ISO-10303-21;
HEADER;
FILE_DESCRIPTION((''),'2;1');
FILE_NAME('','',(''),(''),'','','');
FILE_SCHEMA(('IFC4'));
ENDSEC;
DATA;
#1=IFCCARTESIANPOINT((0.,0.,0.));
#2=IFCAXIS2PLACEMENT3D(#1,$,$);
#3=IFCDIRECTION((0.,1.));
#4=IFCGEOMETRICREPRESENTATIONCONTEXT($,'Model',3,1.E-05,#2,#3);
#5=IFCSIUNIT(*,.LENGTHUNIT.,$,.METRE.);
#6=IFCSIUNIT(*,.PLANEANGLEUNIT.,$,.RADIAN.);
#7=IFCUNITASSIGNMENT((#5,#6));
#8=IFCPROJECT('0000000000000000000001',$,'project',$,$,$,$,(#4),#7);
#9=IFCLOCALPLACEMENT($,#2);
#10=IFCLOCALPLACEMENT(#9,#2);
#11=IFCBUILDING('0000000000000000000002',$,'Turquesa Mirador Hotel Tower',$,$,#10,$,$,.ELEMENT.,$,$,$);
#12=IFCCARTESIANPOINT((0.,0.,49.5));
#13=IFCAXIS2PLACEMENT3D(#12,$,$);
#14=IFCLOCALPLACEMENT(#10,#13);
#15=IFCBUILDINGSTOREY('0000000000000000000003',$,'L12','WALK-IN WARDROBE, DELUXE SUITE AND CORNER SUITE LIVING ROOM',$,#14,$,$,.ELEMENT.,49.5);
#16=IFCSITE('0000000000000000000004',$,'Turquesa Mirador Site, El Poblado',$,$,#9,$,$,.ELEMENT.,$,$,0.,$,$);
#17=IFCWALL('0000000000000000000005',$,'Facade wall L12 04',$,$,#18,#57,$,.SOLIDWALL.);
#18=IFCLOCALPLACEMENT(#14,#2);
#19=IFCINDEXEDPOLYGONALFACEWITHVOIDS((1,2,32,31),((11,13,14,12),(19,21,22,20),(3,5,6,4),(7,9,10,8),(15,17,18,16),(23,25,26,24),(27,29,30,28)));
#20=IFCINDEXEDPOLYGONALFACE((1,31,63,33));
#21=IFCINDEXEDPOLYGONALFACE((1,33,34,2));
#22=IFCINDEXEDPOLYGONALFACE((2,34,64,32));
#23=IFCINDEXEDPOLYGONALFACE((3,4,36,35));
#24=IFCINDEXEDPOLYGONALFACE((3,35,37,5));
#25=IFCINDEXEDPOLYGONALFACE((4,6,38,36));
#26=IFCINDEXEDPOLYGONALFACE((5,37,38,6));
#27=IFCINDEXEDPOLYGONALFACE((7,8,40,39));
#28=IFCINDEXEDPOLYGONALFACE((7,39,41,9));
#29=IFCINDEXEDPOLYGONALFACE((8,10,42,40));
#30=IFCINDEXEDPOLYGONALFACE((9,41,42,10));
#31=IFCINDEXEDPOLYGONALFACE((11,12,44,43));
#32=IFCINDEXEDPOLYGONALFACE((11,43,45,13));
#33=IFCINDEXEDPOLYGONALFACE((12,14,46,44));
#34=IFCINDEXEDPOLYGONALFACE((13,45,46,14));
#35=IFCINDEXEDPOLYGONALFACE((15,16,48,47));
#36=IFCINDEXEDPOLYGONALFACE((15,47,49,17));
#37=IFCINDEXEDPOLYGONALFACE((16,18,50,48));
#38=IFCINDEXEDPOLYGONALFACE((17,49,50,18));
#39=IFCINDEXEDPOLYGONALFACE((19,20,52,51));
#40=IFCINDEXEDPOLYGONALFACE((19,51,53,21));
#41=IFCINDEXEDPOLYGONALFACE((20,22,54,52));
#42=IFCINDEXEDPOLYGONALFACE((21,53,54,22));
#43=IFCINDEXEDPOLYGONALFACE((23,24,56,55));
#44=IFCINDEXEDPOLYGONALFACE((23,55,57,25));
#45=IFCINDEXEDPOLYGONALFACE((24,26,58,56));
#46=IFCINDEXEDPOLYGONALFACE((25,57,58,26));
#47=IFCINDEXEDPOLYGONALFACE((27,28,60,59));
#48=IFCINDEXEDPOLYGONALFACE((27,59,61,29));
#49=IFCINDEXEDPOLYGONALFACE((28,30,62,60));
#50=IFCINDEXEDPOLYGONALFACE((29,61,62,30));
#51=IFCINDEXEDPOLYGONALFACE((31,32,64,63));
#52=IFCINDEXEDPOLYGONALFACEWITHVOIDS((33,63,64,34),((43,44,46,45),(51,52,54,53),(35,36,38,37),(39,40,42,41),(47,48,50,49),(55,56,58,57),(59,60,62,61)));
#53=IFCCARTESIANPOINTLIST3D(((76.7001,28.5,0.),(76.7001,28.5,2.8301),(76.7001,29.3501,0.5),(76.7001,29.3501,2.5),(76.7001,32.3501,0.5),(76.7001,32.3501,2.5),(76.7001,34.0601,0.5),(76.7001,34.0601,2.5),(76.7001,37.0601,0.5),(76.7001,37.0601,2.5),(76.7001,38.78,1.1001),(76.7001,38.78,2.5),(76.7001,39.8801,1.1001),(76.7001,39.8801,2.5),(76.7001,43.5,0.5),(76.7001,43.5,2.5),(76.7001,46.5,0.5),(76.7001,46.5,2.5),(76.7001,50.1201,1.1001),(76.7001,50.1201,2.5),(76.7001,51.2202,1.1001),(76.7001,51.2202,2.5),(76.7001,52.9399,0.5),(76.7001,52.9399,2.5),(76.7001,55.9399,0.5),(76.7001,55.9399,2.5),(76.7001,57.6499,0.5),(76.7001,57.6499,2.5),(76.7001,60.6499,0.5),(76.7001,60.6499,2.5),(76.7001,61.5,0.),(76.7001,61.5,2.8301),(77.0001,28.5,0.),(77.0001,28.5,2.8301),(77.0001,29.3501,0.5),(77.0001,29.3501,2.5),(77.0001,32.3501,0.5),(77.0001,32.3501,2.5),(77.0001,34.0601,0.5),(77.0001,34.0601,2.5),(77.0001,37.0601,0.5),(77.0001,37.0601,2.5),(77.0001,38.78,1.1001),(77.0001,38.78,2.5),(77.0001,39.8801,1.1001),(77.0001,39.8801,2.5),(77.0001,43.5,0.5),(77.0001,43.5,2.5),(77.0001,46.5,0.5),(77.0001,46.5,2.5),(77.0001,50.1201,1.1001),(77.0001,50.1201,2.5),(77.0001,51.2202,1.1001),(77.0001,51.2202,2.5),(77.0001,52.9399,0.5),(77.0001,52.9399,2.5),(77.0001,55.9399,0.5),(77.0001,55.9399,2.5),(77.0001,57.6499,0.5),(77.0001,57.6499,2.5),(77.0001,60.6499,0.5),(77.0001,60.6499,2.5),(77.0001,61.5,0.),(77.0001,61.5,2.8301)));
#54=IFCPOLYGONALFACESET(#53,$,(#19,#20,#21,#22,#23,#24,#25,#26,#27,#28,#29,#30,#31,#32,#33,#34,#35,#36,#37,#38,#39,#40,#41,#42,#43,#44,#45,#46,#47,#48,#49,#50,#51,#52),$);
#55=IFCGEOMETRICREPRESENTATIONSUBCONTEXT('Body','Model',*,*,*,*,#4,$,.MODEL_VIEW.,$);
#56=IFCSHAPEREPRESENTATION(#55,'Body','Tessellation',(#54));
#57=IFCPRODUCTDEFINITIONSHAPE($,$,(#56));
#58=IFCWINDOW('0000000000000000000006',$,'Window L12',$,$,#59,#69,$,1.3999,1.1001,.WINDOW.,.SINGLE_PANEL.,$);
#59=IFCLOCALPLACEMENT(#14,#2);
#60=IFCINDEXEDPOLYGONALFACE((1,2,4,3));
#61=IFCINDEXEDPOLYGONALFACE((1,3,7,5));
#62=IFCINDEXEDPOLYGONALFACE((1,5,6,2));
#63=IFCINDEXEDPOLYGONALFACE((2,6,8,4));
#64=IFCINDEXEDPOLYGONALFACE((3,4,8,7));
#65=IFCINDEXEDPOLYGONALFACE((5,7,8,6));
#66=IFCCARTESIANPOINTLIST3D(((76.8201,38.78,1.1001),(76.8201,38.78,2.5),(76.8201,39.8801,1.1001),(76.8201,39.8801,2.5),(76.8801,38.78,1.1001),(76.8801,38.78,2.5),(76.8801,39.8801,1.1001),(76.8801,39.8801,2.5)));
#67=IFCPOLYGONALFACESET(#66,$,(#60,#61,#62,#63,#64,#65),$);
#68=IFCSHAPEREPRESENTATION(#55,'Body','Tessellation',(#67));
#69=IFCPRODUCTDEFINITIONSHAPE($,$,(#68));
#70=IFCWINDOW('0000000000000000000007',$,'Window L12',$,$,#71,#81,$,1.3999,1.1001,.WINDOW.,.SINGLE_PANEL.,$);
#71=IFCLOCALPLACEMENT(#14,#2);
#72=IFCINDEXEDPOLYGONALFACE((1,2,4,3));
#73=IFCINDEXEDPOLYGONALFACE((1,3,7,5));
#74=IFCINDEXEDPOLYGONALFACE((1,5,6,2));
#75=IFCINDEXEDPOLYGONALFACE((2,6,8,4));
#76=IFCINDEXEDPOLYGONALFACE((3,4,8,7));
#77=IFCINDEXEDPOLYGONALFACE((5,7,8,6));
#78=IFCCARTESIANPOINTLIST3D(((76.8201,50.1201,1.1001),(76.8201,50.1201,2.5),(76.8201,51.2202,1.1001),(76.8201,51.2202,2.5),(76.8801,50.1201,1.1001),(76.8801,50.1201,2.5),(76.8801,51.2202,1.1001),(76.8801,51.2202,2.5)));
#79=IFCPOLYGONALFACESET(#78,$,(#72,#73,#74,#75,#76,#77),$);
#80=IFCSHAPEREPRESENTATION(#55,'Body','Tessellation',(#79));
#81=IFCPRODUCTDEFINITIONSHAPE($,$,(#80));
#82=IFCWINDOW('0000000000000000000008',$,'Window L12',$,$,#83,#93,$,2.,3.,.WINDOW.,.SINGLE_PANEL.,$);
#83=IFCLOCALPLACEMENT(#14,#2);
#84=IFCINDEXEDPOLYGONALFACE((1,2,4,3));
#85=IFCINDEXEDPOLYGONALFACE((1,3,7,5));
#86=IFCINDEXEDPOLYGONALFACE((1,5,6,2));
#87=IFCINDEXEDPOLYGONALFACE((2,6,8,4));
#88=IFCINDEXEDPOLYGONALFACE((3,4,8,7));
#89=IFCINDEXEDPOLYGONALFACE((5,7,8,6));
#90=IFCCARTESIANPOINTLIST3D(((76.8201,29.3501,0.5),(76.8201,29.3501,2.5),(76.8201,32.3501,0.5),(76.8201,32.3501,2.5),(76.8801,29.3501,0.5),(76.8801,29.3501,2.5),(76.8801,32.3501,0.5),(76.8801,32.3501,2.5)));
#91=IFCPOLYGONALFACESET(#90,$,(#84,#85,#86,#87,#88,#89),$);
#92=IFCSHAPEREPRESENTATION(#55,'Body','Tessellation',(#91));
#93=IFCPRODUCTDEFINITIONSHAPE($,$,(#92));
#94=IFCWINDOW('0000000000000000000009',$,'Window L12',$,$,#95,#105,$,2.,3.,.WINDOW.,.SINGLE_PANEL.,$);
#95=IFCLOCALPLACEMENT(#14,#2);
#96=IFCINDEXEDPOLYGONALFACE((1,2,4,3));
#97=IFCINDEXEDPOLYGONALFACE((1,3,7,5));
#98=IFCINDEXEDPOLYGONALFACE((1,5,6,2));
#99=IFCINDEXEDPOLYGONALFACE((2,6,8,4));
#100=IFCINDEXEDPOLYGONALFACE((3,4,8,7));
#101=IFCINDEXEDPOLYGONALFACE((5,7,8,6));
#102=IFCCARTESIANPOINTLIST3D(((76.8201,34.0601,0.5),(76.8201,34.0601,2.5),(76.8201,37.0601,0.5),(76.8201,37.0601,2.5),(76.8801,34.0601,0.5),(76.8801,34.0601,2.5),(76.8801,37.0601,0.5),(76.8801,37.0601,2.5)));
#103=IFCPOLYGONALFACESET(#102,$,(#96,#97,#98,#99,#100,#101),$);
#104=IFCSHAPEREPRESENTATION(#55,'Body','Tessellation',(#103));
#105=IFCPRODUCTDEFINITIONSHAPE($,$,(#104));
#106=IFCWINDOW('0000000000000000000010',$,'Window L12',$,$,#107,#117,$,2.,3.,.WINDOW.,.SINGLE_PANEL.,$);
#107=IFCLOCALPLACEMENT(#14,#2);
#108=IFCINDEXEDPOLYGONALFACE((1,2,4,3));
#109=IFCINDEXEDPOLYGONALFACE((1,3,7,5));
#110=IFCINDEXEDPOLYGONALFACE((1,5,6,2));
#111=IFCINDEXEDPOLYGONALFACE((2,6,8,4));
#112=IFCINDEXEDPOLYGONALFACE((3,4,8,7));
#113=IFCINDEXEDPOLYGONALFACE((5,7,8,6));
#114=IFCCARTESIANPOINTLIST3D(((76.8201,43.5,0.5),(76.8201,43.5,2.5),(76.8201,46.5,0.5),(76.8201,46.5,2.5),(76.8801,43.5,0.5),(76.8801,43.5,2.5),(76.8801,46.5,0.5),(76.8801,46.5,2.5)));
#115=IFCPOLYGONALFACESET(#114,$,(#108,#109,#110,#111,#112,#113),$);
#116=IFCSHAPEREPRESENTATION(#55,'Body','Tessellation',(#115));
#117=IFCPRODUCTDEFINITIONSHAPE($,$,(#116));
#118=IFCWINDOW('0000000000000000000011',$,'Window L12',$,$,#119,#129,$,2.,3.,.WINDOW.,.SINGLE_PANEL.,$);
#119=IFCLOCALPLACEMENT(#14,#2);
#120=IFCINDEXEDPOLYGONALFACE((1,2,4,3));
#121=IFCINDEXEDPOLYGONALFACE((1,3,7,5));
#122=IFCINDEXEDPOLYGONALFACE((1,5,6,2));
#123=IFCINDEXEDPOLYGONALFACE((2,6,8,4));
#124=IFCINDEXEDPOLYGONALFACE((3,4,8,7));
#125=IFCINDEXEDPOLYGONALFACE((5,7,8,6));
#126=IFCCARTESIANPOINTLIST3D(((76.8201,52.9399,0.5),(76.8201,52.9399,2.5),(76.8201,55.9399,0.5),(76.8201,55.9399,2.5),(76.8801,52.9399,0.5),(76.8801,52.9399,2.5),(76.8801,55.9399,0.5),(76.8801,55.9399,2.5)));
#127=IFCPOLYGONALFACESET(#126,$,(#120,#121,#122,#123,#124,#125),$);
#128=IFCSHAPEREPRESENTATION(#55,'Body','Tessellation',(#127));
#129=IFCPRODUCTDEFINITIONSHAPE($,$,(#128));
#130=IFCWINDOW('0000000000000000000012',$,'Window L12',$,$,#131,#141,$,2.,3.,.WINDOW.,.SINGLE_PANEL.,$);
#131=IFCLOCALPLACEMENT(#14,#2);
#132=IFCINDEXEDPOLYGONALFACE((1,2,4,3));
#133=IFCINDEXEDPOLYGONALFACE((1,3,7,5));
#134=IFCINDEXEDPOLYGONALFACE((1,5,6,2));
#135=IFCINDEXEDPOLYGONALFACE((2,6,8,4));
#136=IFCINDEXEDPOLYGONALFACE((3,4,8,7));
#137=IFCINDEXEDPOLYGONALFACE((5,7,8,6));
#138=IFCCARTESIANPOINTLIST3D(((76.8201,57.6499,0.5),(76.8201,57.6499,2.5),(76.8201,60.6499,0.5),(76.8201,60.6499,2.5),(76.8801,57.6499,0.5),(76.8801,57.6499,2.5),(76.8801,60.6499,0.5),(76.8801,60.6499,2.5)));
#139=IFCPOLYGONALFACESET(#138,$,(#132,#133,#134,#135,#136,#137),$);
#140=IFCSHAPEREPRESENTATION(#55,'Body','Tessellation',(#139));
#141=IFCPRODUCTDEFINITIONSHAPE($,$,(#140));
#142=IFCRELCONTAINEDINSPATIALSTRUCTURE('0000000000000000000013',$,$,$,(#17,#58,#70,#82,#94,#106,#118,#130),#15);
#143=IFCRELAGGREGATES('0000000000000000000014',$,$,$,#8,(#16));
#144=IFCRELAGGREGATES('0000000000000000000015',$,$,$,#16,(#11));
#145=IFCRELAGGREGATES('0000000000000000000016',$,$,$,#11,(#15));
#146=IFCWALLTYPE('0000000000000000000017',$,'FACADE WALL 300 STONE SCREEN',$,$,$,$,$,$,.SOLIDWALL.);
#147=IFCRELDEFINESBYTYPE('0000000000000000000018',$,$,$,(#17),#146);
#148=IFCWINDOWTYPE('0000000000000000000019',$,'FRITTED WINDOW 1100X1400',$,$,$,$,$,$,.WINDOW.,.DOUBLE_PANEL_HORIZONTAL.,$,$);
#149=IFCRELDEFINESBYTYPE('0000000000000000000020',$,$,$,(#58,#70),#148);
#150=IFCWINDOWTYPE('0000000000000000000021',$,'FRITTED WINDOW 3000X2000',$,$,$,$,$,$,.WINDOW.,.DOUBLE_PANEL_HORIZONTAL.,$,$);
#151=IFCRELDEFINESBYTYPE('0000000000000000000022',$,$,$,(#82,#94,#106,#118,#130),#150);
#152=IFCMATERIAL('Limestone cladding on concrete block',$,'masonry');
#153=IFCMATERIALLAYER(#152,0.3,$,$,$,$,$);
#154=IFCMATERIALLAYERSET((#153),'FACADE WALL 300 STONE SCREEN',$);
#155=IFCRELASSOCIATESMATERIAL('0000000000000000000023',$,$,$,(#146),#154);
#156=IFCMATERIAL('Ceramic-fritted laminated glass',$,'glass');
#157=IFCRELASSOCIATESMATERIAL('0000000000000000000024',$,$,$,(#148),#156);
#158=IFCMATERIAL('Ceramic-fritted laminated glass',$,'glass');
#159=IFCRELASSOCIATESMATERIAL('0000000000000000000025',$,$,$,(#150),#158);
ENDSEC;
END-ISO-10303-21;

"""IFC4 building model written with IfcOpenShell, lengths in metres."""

from ifc_helpers import new_model, si_unit, direction, frame, frame_2d, origin, place, context, subcontext, project, spatial, rectangle, extrude, material, layer, layer_set, type_object, element, fill, save


model = new_model("IFC4")

# Units and contexts
model_context = context("Model", 3, precision=1e-05, world=origin(), true_north=direction((0.0, 1.0)))
body_context = subcontext(model_context, "Body", "Model", "MODEL_VIEW")
ifc_project = project(units=[si_unit("LENGTHUNIT", "METRE"), si_unit("PLANEANGLEUNIT", "RADIAN")], contexts=[model_context])

# Site, building, storey
site_placement = place(None, origin())
site = spatial("IfcSite", under=ifc_project, at=site_placement, Name="Turquesa Mirador Site, El Poblado", CompositionType="ELEMENT", RefElevation=0.0)
building_placement = place(site_placement, origin())
building = spatial("IfcBuilding", under=site, at=building_placement, Name="Turquesa Mirador Hotel Tower", CompositionType="ELEMENT")
storey_placement = place(building_placement, frame((0.0, 0.0, 49.5)))
storey = spatial("IfcBuildingStorey", under=building, at=storey_placement, Name="L12", Description="WALK-IN WARDROBE, DELUXE SUITE AND CORNER SUITE LIVING ROOM", CompositionType="ELEMENT", Elevation=49.5)

# Shared definitions
ifc_material_1 = material(Name="Limestone cladding on concrete block", Category="masonry")
ifc_layer = layer(ifc_material_1, 0.3)
ifc_layer_set = layer_set([ifc_layer], Name="FACADE WALL 300 STONE SCREEN")
wall_type = type_object("IfcWallType", Name="FACADE WALL 300 STONE SCREEN", PredefinedType="SOLIDWALL", material=ifc_layer_set)

# Wall, openings, windows
wall_1_placement = place(storey_placement, frame((76.8501, 28.5, 0.0), z_axis=(0.0, 0.0, 1.0), x_axis=(0.0, 1.0, 0.0)))
wall_1 = element("IfcWall", 1, at=wall_1_placement, inside=storey, type_object=wall_type, Name="Facade wall L12 04", PredefinedType="SOLIDWALL", context=body_context, shape_type="SweptSolid", body=[
    extrude(rectangle(XDim=33.0, YDim=0.3, at=frame_2d((16.5, 0.0))), origin(), (0.0, 0.0, 1.0), 2.8301),
])
opening_1_placement = place(wall_1_placement, frame((0.8501, 0.0, 0.5)))
opening_1 = element("IfcOpeningElement", 2, at=opening_1_placement, cuts=wall_1, PredefinedType="OPENING", context=body_context, shape_type="SweptSolid", body=[
    extrude(rectangle(XDim=3.0, YDim=2.0, at=frame_2d((1.5, 1.0))), frame((0.0, 0.1599, 0.0), z_axis=(0.0, -1.0, 0.0), x_axis=(1.0, 0.0, 0.0)), (0.0, 0.0, 1.0), 0.3201),
])
opening_2_placement = place(wall_1_placement, frame((5.5601, 0.0, 0.5)))
opening_2 = element("IfcOpeningElement", 3, at=opening_2_placement, cuts=wall_1, PredefinedType="OPENING", context=body_context, shape_type="SweptSolid", body=[
    extrude(rectangle(XDim=3.0, YDim=2.0, at=frame_2d((1.5, 1.0))), frame((0.0, 0.1599, 0.0), z_axis=(0.0, -1.0, 0.0), x_axis=(1.0, 0.0, 0.0)), (0.0, 0.0, 1.0), 0.3201),
])
opening_3_placement = place(wall_1_placement, frame((10.28, 0.0, 1.1001)))
opening_3 = element("IfcOpeningElement", 4, at=opening_3_placement, cuts=wall_1, PredefinedType="OPENING", context=body_context, shape_type="SweptSolid", body=[
    extrude(rectangle(XDim=1.1001, YDim=1.3999, at=frame_2d((0.55, 0.7))), frame((0.0, 0.1599, 0.0), z_axis=(0.0, -1.0, 0.0), x_axis=(1.0, 0.0, 0.0)), (0.0, 0.0, 1.0), 0.3201),
])
opening_4_placement = place(wall_1_placement, frame((15.0, 0.0, 0.5)))
opening_4 = element("IfcOpeningElement", 5, at=opening_4_placement, cuts=wall_1, PredefinedType="OPENING", context=body_context, shape_type="SweptSolid", body=[
    extrude(rectangle(XDim=3.0, YDim=2.0, at=frame_2d((1.5, 1.0))), frame((0.0, 0.1599, 0.0), z_axis=(0.0, -1.0, 0.0), x_axis=(1.0, 0.0, 0.0)), (0.0, 0.0, 1.0), 0.3201),
])
opening_5_placement = place(wall_1_placement, frame((21.6201, 0.0, 1.1001)))
opening_5 = element("IfcOpeningElement", 6, at=opening_5_placement, cuts=wall_1, PredefinedType="OPENING", context=body_context, shape_type="SweptSolid", body=[
    extrude(rectangle(XDim=1.1001, YDim=1.3999, at=frame_2d((0.55, 0.7))), frame((0.0, 0.1599, 0.0), z_axis=(0.0, -1.0, 0.0), x_axis=(1.0, 0.0, 0.0)), (0.0, 0.0, 1.0), 0.3201),
])
opening_6_placement = place(wall_1_placement, frame((24.4399, 0.0, 0.5)))
opening_6 = element("IfcOpeningElement", 7, at=opening_6_placement, cuts=wall_1, PredefinedType="OPENING", context=body_context, shape_type="SweptSolid", body=[
    extrude(rectangle(XDim=3.0, YDim=2.0, at=frame_2d((1.5, 1.0))), frame((0.0, 0.1599, 0.0), z_axis=(0.0, -1.0, 0.0), x_axis=(1.0, 0.0, 0.0)), (0.0, 0.0, 1.0), 0.3201),
])
opening_7_placement = place(wall_1_placement, frame((29.1499, 0.0, 0.5)))
opening_7 = element("IfcOpeningElement", 8, at=opening_7_placement, cuts=wall_1, PredefinedType="OPENING", context=body_context, shape_type="SweptSolid", body=[
    extrude(rectangle(XDim=3.0, YDim=2.0, at=frame_2d((1.5, 1.0))), frame((0.0, 0.1599, 0.0), z_axis=(0.0, -1.0, 0.0), x_axis=(1.0, 0.0, 0.0)), (0.0, 0.0, 1.0), 0.3201),
])
ifc_material_2 = material(Name="Ceramic-fritted laminated glass", Category="glass")
window_type_1 = type_object("IfcWindowType", Name="FRITTED WINDOW 1100X1400", PartitioningType="DOUBLE_PANEL_HORIZONTAL", PredefinedType="WINDOW", material=ifc_material_2)
window_1_placement = place(opening_3_placement, origin())
window_1 = element("IfcWindow", 9, at=window_1_placement, inside=storey, type_object=window_type_1, Name="Window L12", OverallHeight=1.3999, OverallWidth=1.1001, PartitioningType="SINGLE_PANEL", PredefinedType="WINDOW", context=body_context, shape_type="SweptSolid", body=[
    extrude(rectangle(XDim=1.1001, YDim=1.3999, at=frame_2d((0.55, 0.7))), frame((0.0, 0.03, 0.0), z_axis=(0.0, -1.0, 0.0), x_axis=(1.0, 0.0, 0.0)), (0.0, 0.0, 1.0), 0.0601),
])
fill(opening_3, window_1)
window_2_placement = place(opening_5_placement, origin())
window_2 = element("IfcWindow", 10, at=window_2_placement, inside=storey, type_object=window_type_1, Name="Window L12", OverallHeight=1.3999, OverallWidth=1.1001, PartitioningType="SINGLE_PANEL", PredefinedType="WINDOW", context=body_context, shape_type="SweptSolid", body=[
    extrude(rectangle(XDim=1.1001, YDim=1.3999, at=frame_2d((0.55, 0.7))), frame((0.0, 0.03, 0.0), z_axis=(0.0, -1.0, 0.0), x_axis=(1.0, 0.0, 0.0)), (0.0, 0.0, 1.0), 0.0601),
])
fill(opening_5, window_2)
ifc_material_3 = material(Name="Ceramic-fritted laminated glass", Category="glass")
window_type_2 = type_object("IfcWindowType", Name="FRITTED WINDOW 3000X2000", PartitioningType="DOUBLE_PANEL_HORIZONTAL", PredefinedType="WINDOW", material=ifc_material_3)
window_3_placement = place(opening_1_placement, origin())
window_3 = element("IfcWindow", 11, at=window_3_placement, inside=storey, type_object=window_type_2, Name="Window L12", OverallHeight=2.0, OverallWidth=3.0, PartitioningType="SINGLE_PANEL", PredefinedType="WINDOW", context=body_context, shape_type="SweptSolid", body=[
    extrude(rectangle(XDim=3.0, YDim=2.0, at=frame_2d((1.5, 1.0))), frame((0.0, 0.03, 0.0), z_axis=(0.0, -1.0, 0.0), x_axis=(1.0, 0.0, 0.0)), (0.0, 0.0, 1.0), 0.0601),
])
fill(opening_1, window_3)
window_4_placement = place(opening_2_placement, origin())
window_4 = element("IfcWindow", 12, at=window_4_placement, inside=storey, type_object=window_type_2, Name="Window L12", OverallHeight=2.0, OverallWidth=3.0, PartitioningType="SINGLE_PANEL", PredefinedType="WINDOW", context=body_context, shape_type="SweptSolid", body=[
    extrude(rectangle(XDim=3.0, YDim=2.0, at=frame_2d((1.5, 1.0))), frame((0.0, 0.03, 0.0), z_axis=(0.0, -1.0, 0.0), x_axis=(1.0, 0.0, 0.0)), (0.0, 0.0, 1.0), 0.0601),
])
fill(opening_2, window_4)
window_5_placement = place(opening_4_placement, origin())
window_5 = element("IfcWindow", 13, at=window_5_placement, inside=storey, type_object=window_type_2, Name="Window L12", OverallHeight=2.0, OverallWidth=3.0, PartitioningType="SINGLE_PANEL", PredefinedType="WINDOW", context=body_context, shape_type="SweptSolid", body=[
    extrude(rectangle(XDim=3.0, YDim=2.0, at=frame_2d((1.5, 1.0))), frame((0.0, 0.03, 0.0), z_axis=(0.0, -1.0, 0.0), x_axis=(1.0, 0.0, 0.0)), (0.0, 0.0, 1.0), 0.0601),
])
fill(opening_4, window_5)
window_6_placement = place(opening_6_placement, origin())
window_6 = element("IfcWindow", 14, at=window_6_placement, inside=storey, type_object=window_type_2, Name="Window L12", OverallHeight=2.0, OverallWidth=3.0, PartitioningType="SINGLE_PANEL", PredefinedType="WINDOW", context=body_context, shape_type="SweptSolid", body=[
    extrude(rectangle(XDim=3.0, YDim=2.0, at=frame_2d((1.5, 1.0))), frame((0.0, 0.03, 0.0), z_axis=(0.0, -1.0, 0.0), x_axis=(1.0, 0.0, 0.0)), (0.0, 0.0, 1.0), 0.0601),
])
fill(opening_6, window_6)
window_7_placement = place(opening_7_placement, origin())
window_7 = element("IfcWindow", 15, at=window_7_placement, inside=storey, type_object=window_type_2, Name="Window L12", OverallHeight=2.0, OverallWidth=3.0, PartitioningType="SINGLE_PANEL", PredefinedType="WINDOW", context=body_context, shape_type="SweptSolid", body=[
    extrude(rectangle(XDim=3.0, YDim=2.0, at=frame_2d((1.5, 1.0))), frame((0.0, 0.03, 0.0), z_axis=(0.0, -1.0, 0.0), x_axis=(1.0, 0.0, 0.0)), (0.0, 0.0, 1.0), 0.0601),
])
fill(opening_7, window_7)

save(model, "model.ifc")
